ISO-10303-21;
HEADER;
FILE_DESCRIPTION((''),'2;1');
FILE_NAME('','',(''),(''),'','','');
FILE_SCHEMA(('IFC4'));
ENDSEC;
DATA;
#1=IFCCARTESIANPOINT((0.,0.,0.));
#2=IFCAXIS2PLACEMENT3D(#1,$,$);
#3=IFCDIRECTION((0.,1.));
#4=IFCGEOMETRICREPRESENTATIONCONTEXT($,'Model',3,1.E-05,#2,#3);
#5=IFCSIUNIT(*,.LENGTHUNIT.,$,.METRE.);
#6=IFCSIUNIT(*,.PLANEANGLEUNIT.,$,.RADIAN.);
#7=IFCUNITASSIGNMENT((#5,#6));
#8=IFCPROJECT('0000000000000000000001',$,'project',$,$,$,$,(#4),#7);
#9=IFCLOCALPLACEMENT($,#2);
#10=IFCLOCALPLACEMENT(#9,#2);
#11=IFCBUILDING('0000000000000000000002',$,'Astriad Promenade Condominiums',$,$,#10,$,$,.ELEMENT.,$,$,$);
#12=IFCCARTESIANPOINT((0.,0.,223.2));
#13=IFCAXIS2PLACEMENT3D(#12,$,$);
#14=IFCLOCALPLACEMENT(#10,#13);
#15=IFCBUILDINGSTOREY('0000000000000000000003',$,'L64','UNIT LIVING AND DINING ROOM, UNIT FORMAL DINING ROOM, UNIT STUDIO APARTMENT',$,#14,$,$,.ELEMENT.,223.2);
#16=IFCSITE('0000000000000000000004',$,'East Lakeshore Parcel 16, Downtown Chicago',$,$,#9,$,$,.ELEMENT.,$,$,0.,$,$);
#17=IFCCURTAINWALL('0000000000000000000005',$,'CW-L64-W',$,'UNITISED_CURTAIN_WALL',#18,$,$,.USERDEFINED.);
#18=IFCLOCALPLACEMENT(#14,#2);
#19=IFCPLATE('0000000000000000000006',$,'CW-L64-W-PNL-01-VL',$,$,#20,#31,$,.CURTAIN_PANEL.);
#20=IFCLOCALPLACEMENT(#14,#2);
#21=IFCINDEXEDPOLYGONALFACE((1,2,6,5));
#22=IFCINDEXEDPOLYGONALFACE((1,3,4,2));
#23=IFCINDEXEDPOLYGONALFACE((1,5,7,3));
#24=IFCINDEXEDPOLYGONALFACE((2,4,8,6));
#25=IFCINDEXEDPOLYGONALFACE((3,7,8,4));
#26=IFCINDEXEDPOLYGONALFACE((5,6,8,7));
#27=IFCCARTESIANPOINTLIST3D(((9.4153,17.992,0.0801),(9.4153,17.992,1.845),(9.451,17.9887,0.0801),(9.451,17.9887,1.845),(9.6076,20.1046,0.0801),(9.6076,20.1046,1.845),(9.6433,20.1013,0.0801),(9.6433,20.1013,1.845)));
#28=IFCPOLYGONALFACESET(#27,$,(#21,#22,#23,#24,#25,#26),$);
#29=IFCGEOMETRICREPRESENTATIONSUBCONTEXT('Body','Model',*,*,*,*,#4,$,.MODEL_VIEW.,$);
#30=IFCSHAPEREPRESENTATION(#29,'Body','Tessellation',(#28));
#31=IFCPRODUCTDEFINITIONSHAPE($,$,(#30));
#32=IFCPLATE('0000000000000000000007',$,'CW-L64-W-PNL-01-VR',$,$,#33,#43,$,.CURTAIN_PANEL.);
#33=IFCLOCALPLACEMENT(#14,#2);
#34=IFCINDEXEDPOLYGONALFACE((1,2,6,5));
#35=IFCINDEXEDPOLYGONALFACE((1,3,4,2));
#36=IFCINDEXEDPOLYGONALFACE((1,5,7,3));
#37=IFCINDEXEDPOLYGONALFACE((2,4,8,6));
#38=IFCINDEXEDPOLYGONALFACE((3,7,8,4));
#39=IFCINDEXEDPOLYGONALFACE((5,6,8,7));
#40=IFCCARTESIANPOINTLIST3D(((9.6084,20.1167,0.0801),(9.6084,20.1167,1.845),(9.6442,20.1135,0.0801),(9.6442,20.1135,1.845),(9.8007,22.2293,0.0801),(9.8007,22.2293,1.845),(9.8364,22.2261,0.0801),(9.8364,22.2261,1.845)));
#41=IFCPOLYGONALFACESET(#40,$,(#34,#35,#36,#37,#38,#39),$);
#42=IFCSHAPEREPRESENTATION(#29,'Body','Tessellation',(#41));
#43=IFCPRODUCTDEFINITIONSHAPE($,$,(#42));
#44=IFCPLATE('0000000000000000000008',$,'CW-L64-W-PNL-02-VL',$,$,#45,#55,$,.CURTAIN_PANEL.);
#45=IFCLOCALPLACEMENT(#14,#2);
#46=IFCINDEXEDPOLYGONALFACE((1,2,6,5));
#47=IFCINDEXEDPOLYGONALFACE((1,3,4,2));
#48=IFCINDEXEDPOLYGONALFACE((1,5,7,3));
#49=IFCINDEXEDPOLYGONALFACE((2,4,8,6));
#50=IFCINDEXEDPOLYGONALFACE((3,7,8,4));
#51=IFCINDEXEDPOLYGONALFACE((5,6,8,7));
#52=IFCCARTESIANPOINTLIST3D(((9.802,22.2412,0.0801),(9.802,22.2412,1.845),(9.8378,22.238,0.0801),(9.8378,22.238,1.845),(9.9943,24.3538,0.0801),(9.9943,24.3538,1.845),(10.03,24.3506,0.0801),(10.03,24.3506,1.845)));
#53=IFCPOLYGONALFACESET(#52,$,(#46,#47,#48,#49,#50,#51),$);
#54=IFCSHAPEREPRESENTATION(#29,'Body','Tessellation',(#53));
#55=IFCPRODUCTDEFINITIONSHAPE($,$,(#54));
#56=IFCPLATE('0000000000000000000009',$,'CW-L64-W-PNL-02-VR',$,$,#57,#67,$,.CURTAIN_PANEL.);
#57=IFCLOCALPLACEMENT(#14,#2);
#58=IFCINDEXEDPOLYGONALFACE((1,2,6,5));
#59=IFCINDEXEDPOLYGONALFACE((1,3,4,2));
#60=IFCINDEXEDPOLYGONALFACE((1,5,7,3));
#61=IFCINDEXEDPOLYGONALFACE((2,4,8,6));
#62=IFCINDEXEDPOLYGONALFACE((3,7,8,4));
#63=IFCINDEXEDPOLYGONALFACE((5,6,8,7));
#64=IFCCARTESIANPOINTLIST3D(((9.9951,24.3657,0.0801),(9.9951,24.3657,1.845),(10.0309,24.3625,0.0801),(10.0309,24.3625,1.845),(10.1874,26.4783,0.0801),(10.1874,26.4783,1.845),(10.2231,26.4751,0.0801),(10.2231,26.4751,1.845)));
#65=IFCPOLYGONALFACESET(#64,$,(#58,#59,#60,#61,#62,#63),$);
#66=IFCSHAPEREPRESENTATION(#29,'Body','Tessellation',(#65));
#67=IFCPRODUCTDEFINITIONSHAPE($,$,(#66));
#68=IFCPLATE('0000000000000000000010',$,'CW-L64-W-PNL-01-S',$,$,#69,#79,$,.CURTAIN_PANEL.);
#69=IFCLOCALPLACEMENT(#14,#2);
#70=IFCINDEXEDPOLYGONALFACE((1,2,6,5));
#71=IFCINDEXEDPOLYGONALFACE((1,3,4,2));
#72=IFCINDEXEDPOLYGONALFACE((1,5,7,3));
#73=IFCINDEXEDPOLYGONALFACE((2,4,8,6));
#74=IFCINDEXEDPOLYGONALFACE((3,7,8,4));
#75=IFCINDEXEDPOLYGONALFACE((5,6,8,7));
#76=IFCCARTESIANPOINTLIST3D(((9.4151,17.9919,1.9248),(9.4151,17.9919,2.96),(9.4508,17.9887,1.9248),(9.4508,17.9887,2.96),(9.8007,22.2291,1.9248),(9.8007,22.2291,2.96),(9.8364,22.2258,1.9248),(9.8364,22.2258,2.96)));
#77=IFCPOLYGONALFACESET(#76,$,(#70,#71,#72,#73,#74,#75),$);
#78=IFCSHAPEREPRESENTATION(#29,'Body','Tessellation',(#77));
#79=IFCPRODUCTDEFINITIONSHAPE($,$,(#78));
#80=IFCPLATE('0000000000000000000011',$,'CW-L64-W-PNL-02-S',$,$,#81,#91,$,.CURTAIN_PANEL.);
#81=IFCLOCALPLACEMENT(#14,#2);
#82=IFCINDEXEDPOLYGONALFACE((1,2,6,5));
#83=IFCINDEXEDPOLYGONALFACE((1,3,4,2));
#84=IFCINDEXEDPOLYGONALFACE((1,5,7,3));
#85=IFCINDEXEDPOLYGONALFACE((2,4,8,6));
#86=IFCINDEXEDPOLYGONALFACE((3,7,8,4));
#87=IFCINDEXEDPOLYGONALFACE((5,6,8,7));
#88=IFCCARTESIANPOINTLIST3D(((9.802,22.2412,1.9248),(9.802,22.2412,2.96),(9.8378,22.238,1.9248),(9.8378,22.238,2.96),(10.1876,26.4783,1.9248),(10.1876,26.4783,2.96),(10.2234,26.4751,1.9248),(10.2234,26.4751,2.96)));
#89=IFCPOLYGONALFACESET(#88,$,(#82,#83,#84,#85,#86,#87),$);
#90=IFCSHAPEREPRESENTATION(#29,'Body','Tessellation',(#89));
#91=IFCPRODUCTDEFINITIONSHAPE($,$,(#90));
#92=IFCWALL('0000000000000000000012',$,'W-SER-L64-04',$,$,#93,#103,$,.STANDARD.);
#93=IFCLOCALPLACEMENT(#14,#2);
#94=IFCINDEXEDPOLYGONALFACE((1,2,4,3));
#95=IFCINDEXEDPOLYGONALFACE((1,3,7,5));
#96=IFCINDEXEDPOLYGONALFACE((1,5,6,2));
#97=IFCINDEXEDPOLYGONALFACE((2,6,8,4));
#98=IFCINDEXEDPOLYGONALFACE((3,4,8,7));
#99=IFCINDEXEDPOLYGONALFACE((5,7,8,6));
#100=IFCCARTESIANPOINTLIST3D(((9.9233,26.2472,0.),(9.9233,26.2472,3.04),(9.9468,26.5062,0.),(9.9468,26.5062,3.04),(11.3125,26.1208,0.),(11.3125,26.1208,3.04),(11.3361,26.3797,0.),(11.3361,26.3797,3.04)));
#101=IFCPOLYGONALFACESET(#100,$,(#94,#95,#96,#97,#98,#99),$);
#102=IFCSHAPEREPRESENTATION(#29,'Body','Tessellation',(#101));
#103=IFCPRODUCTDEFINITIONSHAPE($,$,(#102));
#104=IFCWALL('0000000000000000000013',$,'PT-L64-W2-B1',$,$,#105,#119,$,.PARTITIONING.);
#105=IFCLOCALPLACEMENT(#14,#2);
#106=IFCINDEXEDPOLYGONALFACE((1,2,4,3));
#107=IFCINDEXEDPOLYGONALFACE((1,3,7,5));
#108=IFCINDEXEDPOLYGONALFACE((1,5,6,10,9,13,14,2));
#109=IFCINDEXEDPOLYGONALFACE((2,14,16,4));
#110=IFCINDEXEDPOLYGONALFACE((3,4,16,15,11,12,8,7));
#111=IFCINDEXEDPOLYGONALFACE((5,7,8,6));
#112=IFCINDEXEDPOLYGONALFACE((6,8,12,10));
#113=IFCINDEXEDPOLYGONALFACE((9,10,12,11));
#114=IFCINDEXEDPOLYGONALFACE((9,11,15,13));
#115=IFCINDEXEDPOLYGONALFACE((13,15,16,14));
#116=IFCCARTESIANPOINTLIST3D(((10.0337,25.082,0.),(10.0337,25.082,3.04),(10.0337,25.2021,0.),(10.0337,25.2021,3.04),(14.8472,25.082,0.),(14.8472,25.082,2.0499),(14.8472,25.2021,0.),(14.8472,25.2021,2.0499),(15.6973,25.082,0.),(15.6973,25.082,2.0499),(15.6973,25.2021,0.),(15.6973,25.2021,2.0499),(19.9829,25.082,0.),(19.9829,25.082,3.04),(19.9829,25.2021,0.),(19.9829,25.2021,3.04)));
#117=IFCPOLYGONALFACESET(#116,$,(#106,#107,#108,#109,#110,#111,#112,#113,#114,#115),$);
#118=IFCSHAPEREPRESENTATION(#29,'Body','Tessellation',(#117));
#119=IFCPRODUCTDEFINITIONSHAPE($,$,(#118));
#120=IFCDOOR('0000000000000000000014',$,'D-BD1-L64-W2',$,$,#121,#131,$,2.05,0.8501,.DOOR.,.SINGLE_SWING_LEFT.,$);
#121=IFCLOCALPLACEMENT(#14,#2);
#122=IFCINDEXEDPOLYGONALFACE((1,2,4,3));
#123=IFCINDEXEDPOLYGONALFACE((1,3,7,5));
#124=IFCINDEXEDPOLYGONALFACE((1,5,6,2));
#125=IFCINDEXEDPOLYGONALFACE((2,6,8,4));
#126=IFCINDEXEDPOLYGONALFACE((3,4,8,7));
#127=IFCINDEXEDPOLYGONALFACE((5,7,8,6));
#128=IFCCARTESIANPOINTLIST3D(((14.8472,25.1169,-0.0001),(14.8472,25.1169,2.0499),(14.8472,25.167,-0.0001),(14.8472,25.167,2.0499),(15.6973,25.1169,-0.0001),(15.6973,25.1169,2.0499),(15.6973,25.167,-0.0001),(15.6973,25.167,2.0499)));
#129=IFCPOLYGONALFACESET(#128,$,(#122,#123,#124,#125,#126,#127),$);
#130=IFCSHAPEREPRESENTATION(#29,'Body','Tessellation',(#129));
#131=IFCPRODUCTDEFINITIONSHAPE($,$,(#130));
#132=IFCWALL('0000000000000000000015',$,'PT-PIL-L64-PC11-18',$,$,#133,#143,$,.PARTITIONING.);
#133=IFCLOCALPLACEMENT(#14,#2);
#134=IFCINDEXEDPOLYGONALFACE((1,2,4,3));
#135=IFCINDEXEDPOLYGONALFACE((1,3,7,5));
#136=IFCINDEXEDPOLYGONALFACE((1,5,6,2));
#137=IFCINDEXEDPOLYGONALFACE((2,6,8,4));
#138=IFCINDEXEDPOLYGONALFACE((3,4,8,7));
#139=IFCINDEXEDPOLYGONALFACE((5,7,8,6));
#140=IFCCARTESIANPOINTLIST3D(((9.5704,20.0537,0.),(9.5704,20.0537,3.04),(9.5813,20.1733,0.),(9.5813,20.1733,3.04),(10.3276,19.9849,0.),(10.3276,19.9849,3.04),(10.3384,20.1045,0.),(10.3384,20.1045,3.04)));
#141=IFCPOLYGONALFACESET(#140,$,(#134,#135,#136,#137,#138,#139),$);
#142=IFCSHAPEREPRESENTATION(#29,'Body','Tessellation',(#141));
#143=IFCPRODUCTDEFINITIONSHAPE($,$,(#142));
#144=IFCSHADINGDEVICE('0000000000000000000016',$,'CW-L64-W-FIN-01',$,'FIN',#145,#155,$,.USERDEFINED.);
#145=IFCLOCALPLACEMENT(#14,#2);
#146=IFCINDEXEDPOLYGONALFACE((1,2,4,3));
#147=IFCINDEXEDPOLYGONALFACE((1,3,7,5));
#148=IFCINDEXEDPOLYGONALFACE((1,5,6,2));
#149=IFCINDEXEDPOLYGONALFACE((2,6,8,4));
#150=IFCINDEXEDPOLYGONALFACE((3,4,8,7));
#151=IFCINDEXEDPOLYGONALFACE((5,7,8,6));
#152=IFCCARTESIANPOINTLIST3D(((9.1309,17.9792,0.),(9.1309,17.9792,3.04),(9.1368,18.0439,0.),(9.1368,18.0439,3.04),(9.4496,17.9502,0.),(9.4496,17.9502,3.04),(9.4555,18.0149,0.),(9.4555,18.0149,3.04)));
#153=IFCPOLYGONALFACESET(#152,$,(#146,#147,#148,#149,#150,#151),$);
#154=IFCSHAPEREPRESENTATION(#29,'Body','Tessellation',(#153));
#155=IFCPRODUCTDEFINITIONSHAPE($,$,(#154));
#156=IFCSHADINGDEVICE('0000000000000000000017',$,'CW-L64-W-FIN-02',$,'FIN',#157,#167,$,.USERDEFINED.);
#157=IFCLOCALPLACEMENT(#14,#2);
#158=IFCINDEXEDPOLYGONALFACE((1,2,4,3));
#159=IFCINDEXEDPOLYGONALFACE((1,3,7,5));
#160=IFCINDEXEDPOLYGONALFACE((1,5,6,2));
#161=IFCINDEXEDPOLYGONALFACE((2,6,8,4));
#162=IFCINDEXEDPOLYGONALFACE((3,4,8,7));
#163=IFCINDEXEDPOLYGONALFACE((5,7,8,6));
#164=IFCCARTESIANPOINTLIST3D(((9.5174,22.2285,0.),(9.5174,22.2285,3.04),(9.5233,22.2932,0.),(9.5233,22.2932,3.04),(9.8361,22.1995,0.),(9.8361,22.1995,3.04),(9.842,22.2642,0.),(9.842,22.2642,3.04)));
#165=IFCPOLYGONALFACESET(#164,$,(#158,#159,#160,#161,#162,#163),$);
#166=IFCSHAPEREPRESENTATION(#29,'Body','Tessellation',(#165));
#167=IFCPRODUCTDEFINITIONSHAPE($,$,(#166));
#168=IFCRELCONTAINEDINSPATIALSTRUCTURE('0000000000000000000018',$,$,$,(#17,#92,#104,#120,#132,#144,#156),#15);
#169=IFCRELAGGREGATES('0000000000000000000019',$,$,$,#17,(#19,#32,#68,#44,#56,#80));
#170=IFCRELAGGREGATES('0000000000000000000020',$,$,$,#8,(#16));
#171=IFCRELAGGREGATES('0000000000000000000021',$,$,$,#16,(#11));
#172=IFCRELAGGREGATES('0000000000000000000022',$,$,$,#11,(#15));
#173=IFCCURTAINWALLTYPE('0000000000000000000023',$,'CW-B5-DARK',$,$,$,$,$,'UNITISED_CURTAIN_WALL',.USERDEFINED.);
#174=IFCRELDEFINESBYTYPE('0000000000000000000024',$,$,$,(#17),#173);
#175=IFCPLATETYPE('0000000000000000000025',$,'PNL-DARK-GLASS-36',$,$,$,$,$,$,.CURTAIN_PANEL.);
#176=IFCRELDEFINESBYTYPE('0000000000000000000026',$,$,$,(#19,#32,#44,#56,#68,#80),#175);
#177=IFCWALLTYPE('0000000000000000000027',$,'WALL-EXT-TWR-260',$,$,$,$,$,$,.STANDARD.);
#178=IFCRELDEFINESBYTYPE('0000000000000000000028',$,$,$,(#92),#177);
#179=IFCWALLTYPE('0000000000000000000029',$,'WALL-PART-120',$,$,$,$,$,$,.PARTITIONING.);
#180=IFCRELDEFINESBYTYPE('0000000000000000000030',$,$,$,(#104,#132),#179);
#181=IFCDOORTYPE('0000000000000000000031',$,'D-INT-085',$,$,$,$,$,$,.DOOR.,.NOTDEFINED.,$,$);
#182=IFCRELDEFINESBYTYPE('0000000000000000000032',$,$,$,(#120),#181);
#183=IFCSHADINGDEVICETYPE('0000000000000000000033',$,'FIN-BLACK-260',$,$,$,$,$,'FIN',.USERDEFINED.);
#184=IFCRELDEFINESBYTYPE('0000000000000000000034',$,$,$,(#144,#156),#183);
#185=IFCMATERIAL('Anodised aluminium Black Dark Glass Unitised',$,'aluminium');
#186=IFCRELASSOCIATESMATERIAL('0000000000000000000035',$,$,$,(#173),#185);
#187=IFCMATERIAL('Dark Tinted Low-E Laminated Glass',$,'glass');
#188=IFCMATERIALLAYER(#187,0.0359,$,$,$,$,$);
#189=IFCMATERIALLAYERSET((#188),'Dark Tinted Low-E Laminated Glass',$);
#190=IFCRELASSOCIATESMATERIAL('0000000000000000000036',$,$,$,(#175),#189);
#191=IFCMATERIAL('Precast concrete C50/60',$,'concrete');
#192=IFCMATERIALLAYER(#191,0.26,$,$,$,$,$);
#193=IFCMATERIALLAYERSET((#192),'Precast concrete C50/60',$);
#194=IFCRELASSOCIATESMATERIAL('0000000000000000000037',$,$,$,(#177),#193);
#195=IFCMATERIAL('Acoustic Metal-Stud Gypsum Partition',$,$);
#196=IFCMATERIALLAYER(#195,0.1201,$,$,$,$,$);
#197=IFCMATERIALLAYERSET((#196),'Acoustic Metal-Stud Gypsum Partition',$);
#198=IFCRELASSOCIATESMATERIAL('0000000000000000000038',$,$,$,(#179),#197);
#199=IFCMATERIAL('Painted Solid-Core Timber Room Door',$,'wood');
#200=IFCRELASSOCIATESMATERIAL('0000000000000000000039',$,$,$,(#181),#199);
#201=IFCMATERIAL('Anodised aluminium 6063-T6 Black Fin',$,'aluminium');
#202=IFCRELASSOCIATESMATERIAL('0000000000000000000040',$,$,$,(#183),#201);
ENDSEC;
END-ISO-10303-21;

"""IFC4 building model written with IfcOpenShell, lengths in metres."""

from ifc_helpers import new_model, si_unit, direction, frame, frame_2d, origin, origin_2d, place, context, subcontext, project, spatial, rectangle, extrude, source, transform, mapped, material, layer, layer_set, type_object, type_shapes, element, fill, aggregate, save


model = new_model("IFC4")

# Units and contexts
model_context = context("Model", 3, precision=1e-05, world=origin(), true_north=direction((0.0, 1.0)))
body_context = subcontext(model_context, "Body", "Model", "MODEL_VIEW")
ifc_project = project(units=[si_unit("LENGTHUNIT", "METRE"), si_unit("PLANEANGLEUNIT", "RADIAN")], contexts=[model_context])

# Site, building, storey
site_placement = place(None, origin())
site = spatial("IfcSite", under=ifc_project, at=site_placement, Name="East Lakeshore Parcel 16, Downtown Chicago", CompositionType="ELEMENT", RefElevation=0.0)
building_placement = place(site_placement, origin())
building = spatial("IfcBuilding", under=site, at=building_placement, Name="Astriad Promenade Condominiums", CompositionType="ELEMENT")
storey_placement = place(building_placement, frame((0.0, 0.0, 223.2)))
storey = spatial("IfcBuildingStorey", under=building, at=storey_placement, Name="L64", Description="UNIT LIVING AND DINING ROOM, UNIT FORMAL DINING ROOM, UNIT STUDIO APARTMENT", CompositionType="ELEMENT", Elevation=223.2)

# Curtain wall, plates
ifc_material_1 = material(Name="Anodised aluminium Black Dark Glass Unitised", Category="aluminium")
curtain_wall_type = type_object("IfcCurtainWallType", Name="CW-B5-DARK", ElementType="UNITISED_CURTAIN_WALL", PredefinedType="USERDEFINED", material=ifc_material_1)
curtain_wall_placement = place(storey_placement, origin())
curtain_wall = element("IfcCurtainWall", 1, at=curtain_wall_placement, inside=storey, type_object=curtain_wall_type, Name="CW-L64-W", ObjectType="UNITISED_CURTAIN_WALL", PredefinedType="USERDEFINED")
ifc_material_2 = material(Name="Dark Tinted Low-E Laminated Glass", Category="glass")
ifc_layer_1 = layer(ifc_material_2, 0.0359)
ifc_layer_set_1 = layer_set([ifc_layer_1], Name="Dark Tinted Low-E Laminated Glass")
plate_type = type_object("IfcPlateType", Name="PNL-DARK-GLASS-36", PredefinedType="CURTAIN_PANEL", material=ifc_layer_set_1)
shared_shape_1 = source(origin(), body_context, "Body", "SweptSolid", [
    extrude(rectangle(XDim=2.1213, YDim=0.0359, at=origin_2d()), origin(), (0.0, 0.0, 1.0), 1.7649),
])
plate_1_placement = place(storey_placement, frame((9.5293, 19.0466, 0.0801), z_axis=(0.0, 0.0, 1.0), x_axis=(0.090633, 0.995884, 0.0)))
plate_1 = element("IfcPlate", 2, at=plate_1_placement, type_object=plate_type, Name="CW-L64-W-PNL-01-VL", PredefinedType="CURTAIN_PANEL", context=body_context, shape_type="MappedRepresentation", body=[
    mapped(shared_shape_1, transform((0.0, 0.0, 0.0), scale=1.0)),
])
plate_2_placement = place(storey_placement, frame((9.7224, 21.1714, 0.0801), z_axis=(0.0, 0.0, 1.0), x_axis=(0.090633, 0.995884, 0.0)))
plate_2 = element("IfcPlate", 3, at=plate_2_placement, type_object=plate_type, Name="CW-L64-W-PNL-01-VR", PredefinedType="CURTAIN_PANEL", context=body_context, shape_type="MappedRepresentation", body=[
    mapped(shared_shape_1, transform((0.0, 0.0, 0.0), scale=1.0)),
])
plate_3_placement = place(storey_placement, frame((9.916, 23.2959, 0.0801), z_axis=(0.0, 0.0, 1.0), x_axis=(0.090633, 0.995884, 0.0)))
plate_3 = element("IfcPlate", 4, at=plate_3_placement, type_object=plate_type, Name="CW-L64-W-PNL-02-VL", PredefinedType="CURTAIN_PANEL", context=body_context, shape_type="MappedRepresentation", body=[
    mapped(shared_shape_1, transform((0.0, 0.0, 0.0), scale=1.0)),
])
plate_4_placement = place(storey_placement, frame((10.1091, 25.4204, 0.0801), z_axis=(0.0, 0.0, 1.0), x_axis=(0.090633, 0.995884, 0.0)))
plate_4 = element("IfcPlate", 5, at=plate_4_placement, type_object=plate_type, Name="CW-L64-W-PNL-02-VR", PredefinedType="CURTAIN_PANEL", context=body_context, shape_type="MappedRepresentation", body=[
    mapped(shared_shape_1, transform((0.0, 0.0, 0.0), scale=1.0)),
])
shared_shape_2 = source(origin(), body_context, "Body", "SweptSolid", [
    extrude(rectangle(XDim=4.2546, YDim=0.0359, at=origin_2d()), origin(), (0.0, 0.0, 1.0), 1.0352),
])
type_shapes(plate_type, [shared_shape_1, shared_shape_2])
plate_5_placement = place(storey_placement, frame((9.6257, 20.1089, 1.9248), z_axis=(0.0, 0.0, 1.0), x_axis=(0.090633, 0.995884, 0.0)))
plate_5 = element("IfcPlate", 6, at=plate_5_placement, type_object=plate_type, Name="CW-L64-W-PNL-01-S", PredefinedType="CURTAIN_PANEL", context=body_context, shape_type="MappedRepresentation", body=[
    mapped(shared_shape_2, transform((0.0, 0.0, 0.0), scale=1.0)),
])
plate_6_placement = place(storey_placement, frame((10.0127, 24.3582, 1.9248), z_axis=(0.0, 0.0, 1.0), x_axis=(0.090633, 0.995884, 0.0)))
plate_6 = element("IfcPlate", 7, at=plate_6_placement, type_object=plate_type, Name="CW-L64-W-PNL-02-S", PredefinedType="CURTAIN_PANEL", context=body_context, shape_type="MappedRepresentation", body=[
    mapped(shared_shape_2, transform((0.0, 0.0, 0.0), scale=1.0)),
])
aggregate(curtain_wall, [plate_1, plate_2, plate_5, plate_3, plate_4, plate_6])

# Wall
ifc_material_3 = material(Name="Precast concrete C50/60", Category="concrete")
ifc_layer_2 = layer(ifc_material_3, 0.26)
ifc_layer_set_2 = layer_set([ifc_layer_2], Name="Precast concrete C50/60")
wall_type_1 = type_object("IfcWallType", Name="WALL-EXT-TWR-260", PredefinedType="STANDARD", material=ifc_layer_set_2)
wall_1_placement = place(storey_placement, frame((9.9351, 26.3767, 0.0), z_axis=(0.0, 0.0, 1.0), x_axis=(0.995882, -0.090662, 0.0)))
element("IfcWall", 8, at=wall_1_placement, inside=storey, type_object=wall_type_1, Name="W-SER-L64-04", PredefinedType="STANDARD", context=body_context, shape_type="SweptSolid", body=[
    extrude(rectangle(XDim=1.395, YDim=0.26, at=frame_2d((0.6975, 0.0))), origin(), (0.0, 0.0, 1.0), 3.04),
])

# Wall, opening, door
ifc_material_4 = material(Name="Acoustic Metal-Stud Gypsum Partition")
ifc_layer_3 = layer(ifc_material_4, 0.1201)
ifc_layer_set_3 = layer_set([ifc_layer_3], Name="Acoustic Metal-Stud Gypsum Partition")
wall_type_2 = type_object("IfcWallType", Name="WALL-PART-120", PredefinedType="PARTITIONING", material=ifc_layer_set_3)
wall_2_placement = place(storey_placement, frame((10.0337, 25.1421, 0.0), z_axis=(0.0, 0.0, 1.0), x_axis=(1.0, 0.0, 0.0)))
wall_2 = element("IfcWall", 9, at=wall_2_placement, inside=storey, type_object=wall_type_2, Name="PT-L64-W2-B1", PredefinedType="PARTITIONING", context=body_context, shape_type="SweptSolid", body=[
    extrude(rectangle(XDim=9.9492, YDim=0.1201, at=frame_2d((4.9746, 0.0))), origin(), (0.0, 0.0, 1.0), 3.04),
])
opening_placement = place(wall_2_placement, frame((4.8135, 0.0, 0.0)))
opening = element("IfcOpeningElement", 10, at=opening_placement, cuts=wall_2, PredefinedType="OPENING", context=body_context, shape_type="SweptSolid", body=[
    extrude(rectangle(XDim=0.8501, YDim=2.05, at=frame_2d((0.425, 1.0249))), frame((0.0, 0.0701, 0.0), z_axis=(0.0, -1.0, 0.0), x_axis=(1.0, 0.0, 0.0)), (0.0, 0.0, 1.0), 0.1401),
])
ifc_material_5 = material(Name="Painted Solid-Core Timber Room Door", Category="wood")
door_type = type_object("IfcDoorType", Name="D-INT-085", OperationType="NOTDEFINED", PredefinedType="DOOR", material=ifc_material_5)
shared_shape_3 = source(origin(), body_context, "Body", "SweptSolid", [
    extrude(rectangle(XDim=0.8501, YDim=2.05, at=frame_2d((0.425, 1.0249))), frame((0.0, 0.0249, 0.0), z_axis=(0.0, -1.0, 0.0), x_axis=(1.0, 0.0, 0.0)), (0.0, 0.0, 1.0), 0.05),
])
type_shapes(door_type, [shared_shape_3])
door_placement = place(opening_placement, origin())
door = element("IfcDoor", 11, at=door_placement, inside=storey, type_object=door_type, Name="D-BD1-L64-W2", OperationType="SINGLE_SWING_LEFT", OverallHeight=2.05, OverallWidth=0.8501, PredefinedType="DOOR", context=body_context, shape_type="MappedRepresentation", body=[
    mapped(shared_shape_3, transform((0.0, 0.0, 0.0), scale=1.0)),
])
fill(opening, door)

# Wall
wall_3_placement = place(storey_placement, frame((10.333, 20.0447, 0.0), z_axis=(0.0, 0.0, 1.0), x_axis=(-0.995891, 0.090565, 0.0)))
element("IfcWall", 12, at=wall_3_placement, inside=storey, type_object=wall_type_2, Name="PT-PIL-L64-PC11-18", PredefinedType="PARTITIONING", context=body_context, shape_type="SweptSolid", body=[
    extrude(rectangle(XDim=0.7603, YDim=0.1201, at=frame_2d((0.3801, 0.0))), origin(), (0.0, 0.0, 1.0), 3.04),
])

# Shading devices
ifc_material_6 = material(Name="Anodised aluminium 6063-T6 Black Fin", Category="aluminium")
shading_device_type = type_object("IfcShadingDeviceType", Name="FIN-BLACK-260", ElementType="FIN", PredefinedType="USERDEFINED", material=ifc_material_6)
shared_shape_4 = source(origin(), body_context, "Body", "SweptSolid", [
    extrude(rectangle(XDim=0.0649, YDim=0.3201, at=origin_2d()), origin(), (0.0, 0.0, 1.0), 3.04),
])
type_shapes(shading_device_type, [shared_shape_4])
for number, where, z_axis, x_axis, name in (
    (13, (9.2932, 17.9971, 0.0), (0.0, 0.0, 1.0), (0.090633, 0.995884, 0.0), "CW-L64-W-FIN-01"),
    (14, (9.6797, 22.2463, 0.0), (0.0, 0.0, 1.0), (0.090633, 0.995884, 0.0), "CW-L64-W-FIN-02"),
):
    element("IfcShadingDevice", number, at=place(storey_placement, frame(where, z_axis=z_axis, x_axis=x_axis)), inside=storey, type_object=shading_device_type, Name=name, ObjectType="FIN", PredefinedType="USERDEFINED", context=body_context, shape_type="MappedRepresentation", body=[
        mapped(shared_shape_4, transform((0.0, 0.0, 0.0), scale=1.0)),
    ])

save(model, "model.ifc")
